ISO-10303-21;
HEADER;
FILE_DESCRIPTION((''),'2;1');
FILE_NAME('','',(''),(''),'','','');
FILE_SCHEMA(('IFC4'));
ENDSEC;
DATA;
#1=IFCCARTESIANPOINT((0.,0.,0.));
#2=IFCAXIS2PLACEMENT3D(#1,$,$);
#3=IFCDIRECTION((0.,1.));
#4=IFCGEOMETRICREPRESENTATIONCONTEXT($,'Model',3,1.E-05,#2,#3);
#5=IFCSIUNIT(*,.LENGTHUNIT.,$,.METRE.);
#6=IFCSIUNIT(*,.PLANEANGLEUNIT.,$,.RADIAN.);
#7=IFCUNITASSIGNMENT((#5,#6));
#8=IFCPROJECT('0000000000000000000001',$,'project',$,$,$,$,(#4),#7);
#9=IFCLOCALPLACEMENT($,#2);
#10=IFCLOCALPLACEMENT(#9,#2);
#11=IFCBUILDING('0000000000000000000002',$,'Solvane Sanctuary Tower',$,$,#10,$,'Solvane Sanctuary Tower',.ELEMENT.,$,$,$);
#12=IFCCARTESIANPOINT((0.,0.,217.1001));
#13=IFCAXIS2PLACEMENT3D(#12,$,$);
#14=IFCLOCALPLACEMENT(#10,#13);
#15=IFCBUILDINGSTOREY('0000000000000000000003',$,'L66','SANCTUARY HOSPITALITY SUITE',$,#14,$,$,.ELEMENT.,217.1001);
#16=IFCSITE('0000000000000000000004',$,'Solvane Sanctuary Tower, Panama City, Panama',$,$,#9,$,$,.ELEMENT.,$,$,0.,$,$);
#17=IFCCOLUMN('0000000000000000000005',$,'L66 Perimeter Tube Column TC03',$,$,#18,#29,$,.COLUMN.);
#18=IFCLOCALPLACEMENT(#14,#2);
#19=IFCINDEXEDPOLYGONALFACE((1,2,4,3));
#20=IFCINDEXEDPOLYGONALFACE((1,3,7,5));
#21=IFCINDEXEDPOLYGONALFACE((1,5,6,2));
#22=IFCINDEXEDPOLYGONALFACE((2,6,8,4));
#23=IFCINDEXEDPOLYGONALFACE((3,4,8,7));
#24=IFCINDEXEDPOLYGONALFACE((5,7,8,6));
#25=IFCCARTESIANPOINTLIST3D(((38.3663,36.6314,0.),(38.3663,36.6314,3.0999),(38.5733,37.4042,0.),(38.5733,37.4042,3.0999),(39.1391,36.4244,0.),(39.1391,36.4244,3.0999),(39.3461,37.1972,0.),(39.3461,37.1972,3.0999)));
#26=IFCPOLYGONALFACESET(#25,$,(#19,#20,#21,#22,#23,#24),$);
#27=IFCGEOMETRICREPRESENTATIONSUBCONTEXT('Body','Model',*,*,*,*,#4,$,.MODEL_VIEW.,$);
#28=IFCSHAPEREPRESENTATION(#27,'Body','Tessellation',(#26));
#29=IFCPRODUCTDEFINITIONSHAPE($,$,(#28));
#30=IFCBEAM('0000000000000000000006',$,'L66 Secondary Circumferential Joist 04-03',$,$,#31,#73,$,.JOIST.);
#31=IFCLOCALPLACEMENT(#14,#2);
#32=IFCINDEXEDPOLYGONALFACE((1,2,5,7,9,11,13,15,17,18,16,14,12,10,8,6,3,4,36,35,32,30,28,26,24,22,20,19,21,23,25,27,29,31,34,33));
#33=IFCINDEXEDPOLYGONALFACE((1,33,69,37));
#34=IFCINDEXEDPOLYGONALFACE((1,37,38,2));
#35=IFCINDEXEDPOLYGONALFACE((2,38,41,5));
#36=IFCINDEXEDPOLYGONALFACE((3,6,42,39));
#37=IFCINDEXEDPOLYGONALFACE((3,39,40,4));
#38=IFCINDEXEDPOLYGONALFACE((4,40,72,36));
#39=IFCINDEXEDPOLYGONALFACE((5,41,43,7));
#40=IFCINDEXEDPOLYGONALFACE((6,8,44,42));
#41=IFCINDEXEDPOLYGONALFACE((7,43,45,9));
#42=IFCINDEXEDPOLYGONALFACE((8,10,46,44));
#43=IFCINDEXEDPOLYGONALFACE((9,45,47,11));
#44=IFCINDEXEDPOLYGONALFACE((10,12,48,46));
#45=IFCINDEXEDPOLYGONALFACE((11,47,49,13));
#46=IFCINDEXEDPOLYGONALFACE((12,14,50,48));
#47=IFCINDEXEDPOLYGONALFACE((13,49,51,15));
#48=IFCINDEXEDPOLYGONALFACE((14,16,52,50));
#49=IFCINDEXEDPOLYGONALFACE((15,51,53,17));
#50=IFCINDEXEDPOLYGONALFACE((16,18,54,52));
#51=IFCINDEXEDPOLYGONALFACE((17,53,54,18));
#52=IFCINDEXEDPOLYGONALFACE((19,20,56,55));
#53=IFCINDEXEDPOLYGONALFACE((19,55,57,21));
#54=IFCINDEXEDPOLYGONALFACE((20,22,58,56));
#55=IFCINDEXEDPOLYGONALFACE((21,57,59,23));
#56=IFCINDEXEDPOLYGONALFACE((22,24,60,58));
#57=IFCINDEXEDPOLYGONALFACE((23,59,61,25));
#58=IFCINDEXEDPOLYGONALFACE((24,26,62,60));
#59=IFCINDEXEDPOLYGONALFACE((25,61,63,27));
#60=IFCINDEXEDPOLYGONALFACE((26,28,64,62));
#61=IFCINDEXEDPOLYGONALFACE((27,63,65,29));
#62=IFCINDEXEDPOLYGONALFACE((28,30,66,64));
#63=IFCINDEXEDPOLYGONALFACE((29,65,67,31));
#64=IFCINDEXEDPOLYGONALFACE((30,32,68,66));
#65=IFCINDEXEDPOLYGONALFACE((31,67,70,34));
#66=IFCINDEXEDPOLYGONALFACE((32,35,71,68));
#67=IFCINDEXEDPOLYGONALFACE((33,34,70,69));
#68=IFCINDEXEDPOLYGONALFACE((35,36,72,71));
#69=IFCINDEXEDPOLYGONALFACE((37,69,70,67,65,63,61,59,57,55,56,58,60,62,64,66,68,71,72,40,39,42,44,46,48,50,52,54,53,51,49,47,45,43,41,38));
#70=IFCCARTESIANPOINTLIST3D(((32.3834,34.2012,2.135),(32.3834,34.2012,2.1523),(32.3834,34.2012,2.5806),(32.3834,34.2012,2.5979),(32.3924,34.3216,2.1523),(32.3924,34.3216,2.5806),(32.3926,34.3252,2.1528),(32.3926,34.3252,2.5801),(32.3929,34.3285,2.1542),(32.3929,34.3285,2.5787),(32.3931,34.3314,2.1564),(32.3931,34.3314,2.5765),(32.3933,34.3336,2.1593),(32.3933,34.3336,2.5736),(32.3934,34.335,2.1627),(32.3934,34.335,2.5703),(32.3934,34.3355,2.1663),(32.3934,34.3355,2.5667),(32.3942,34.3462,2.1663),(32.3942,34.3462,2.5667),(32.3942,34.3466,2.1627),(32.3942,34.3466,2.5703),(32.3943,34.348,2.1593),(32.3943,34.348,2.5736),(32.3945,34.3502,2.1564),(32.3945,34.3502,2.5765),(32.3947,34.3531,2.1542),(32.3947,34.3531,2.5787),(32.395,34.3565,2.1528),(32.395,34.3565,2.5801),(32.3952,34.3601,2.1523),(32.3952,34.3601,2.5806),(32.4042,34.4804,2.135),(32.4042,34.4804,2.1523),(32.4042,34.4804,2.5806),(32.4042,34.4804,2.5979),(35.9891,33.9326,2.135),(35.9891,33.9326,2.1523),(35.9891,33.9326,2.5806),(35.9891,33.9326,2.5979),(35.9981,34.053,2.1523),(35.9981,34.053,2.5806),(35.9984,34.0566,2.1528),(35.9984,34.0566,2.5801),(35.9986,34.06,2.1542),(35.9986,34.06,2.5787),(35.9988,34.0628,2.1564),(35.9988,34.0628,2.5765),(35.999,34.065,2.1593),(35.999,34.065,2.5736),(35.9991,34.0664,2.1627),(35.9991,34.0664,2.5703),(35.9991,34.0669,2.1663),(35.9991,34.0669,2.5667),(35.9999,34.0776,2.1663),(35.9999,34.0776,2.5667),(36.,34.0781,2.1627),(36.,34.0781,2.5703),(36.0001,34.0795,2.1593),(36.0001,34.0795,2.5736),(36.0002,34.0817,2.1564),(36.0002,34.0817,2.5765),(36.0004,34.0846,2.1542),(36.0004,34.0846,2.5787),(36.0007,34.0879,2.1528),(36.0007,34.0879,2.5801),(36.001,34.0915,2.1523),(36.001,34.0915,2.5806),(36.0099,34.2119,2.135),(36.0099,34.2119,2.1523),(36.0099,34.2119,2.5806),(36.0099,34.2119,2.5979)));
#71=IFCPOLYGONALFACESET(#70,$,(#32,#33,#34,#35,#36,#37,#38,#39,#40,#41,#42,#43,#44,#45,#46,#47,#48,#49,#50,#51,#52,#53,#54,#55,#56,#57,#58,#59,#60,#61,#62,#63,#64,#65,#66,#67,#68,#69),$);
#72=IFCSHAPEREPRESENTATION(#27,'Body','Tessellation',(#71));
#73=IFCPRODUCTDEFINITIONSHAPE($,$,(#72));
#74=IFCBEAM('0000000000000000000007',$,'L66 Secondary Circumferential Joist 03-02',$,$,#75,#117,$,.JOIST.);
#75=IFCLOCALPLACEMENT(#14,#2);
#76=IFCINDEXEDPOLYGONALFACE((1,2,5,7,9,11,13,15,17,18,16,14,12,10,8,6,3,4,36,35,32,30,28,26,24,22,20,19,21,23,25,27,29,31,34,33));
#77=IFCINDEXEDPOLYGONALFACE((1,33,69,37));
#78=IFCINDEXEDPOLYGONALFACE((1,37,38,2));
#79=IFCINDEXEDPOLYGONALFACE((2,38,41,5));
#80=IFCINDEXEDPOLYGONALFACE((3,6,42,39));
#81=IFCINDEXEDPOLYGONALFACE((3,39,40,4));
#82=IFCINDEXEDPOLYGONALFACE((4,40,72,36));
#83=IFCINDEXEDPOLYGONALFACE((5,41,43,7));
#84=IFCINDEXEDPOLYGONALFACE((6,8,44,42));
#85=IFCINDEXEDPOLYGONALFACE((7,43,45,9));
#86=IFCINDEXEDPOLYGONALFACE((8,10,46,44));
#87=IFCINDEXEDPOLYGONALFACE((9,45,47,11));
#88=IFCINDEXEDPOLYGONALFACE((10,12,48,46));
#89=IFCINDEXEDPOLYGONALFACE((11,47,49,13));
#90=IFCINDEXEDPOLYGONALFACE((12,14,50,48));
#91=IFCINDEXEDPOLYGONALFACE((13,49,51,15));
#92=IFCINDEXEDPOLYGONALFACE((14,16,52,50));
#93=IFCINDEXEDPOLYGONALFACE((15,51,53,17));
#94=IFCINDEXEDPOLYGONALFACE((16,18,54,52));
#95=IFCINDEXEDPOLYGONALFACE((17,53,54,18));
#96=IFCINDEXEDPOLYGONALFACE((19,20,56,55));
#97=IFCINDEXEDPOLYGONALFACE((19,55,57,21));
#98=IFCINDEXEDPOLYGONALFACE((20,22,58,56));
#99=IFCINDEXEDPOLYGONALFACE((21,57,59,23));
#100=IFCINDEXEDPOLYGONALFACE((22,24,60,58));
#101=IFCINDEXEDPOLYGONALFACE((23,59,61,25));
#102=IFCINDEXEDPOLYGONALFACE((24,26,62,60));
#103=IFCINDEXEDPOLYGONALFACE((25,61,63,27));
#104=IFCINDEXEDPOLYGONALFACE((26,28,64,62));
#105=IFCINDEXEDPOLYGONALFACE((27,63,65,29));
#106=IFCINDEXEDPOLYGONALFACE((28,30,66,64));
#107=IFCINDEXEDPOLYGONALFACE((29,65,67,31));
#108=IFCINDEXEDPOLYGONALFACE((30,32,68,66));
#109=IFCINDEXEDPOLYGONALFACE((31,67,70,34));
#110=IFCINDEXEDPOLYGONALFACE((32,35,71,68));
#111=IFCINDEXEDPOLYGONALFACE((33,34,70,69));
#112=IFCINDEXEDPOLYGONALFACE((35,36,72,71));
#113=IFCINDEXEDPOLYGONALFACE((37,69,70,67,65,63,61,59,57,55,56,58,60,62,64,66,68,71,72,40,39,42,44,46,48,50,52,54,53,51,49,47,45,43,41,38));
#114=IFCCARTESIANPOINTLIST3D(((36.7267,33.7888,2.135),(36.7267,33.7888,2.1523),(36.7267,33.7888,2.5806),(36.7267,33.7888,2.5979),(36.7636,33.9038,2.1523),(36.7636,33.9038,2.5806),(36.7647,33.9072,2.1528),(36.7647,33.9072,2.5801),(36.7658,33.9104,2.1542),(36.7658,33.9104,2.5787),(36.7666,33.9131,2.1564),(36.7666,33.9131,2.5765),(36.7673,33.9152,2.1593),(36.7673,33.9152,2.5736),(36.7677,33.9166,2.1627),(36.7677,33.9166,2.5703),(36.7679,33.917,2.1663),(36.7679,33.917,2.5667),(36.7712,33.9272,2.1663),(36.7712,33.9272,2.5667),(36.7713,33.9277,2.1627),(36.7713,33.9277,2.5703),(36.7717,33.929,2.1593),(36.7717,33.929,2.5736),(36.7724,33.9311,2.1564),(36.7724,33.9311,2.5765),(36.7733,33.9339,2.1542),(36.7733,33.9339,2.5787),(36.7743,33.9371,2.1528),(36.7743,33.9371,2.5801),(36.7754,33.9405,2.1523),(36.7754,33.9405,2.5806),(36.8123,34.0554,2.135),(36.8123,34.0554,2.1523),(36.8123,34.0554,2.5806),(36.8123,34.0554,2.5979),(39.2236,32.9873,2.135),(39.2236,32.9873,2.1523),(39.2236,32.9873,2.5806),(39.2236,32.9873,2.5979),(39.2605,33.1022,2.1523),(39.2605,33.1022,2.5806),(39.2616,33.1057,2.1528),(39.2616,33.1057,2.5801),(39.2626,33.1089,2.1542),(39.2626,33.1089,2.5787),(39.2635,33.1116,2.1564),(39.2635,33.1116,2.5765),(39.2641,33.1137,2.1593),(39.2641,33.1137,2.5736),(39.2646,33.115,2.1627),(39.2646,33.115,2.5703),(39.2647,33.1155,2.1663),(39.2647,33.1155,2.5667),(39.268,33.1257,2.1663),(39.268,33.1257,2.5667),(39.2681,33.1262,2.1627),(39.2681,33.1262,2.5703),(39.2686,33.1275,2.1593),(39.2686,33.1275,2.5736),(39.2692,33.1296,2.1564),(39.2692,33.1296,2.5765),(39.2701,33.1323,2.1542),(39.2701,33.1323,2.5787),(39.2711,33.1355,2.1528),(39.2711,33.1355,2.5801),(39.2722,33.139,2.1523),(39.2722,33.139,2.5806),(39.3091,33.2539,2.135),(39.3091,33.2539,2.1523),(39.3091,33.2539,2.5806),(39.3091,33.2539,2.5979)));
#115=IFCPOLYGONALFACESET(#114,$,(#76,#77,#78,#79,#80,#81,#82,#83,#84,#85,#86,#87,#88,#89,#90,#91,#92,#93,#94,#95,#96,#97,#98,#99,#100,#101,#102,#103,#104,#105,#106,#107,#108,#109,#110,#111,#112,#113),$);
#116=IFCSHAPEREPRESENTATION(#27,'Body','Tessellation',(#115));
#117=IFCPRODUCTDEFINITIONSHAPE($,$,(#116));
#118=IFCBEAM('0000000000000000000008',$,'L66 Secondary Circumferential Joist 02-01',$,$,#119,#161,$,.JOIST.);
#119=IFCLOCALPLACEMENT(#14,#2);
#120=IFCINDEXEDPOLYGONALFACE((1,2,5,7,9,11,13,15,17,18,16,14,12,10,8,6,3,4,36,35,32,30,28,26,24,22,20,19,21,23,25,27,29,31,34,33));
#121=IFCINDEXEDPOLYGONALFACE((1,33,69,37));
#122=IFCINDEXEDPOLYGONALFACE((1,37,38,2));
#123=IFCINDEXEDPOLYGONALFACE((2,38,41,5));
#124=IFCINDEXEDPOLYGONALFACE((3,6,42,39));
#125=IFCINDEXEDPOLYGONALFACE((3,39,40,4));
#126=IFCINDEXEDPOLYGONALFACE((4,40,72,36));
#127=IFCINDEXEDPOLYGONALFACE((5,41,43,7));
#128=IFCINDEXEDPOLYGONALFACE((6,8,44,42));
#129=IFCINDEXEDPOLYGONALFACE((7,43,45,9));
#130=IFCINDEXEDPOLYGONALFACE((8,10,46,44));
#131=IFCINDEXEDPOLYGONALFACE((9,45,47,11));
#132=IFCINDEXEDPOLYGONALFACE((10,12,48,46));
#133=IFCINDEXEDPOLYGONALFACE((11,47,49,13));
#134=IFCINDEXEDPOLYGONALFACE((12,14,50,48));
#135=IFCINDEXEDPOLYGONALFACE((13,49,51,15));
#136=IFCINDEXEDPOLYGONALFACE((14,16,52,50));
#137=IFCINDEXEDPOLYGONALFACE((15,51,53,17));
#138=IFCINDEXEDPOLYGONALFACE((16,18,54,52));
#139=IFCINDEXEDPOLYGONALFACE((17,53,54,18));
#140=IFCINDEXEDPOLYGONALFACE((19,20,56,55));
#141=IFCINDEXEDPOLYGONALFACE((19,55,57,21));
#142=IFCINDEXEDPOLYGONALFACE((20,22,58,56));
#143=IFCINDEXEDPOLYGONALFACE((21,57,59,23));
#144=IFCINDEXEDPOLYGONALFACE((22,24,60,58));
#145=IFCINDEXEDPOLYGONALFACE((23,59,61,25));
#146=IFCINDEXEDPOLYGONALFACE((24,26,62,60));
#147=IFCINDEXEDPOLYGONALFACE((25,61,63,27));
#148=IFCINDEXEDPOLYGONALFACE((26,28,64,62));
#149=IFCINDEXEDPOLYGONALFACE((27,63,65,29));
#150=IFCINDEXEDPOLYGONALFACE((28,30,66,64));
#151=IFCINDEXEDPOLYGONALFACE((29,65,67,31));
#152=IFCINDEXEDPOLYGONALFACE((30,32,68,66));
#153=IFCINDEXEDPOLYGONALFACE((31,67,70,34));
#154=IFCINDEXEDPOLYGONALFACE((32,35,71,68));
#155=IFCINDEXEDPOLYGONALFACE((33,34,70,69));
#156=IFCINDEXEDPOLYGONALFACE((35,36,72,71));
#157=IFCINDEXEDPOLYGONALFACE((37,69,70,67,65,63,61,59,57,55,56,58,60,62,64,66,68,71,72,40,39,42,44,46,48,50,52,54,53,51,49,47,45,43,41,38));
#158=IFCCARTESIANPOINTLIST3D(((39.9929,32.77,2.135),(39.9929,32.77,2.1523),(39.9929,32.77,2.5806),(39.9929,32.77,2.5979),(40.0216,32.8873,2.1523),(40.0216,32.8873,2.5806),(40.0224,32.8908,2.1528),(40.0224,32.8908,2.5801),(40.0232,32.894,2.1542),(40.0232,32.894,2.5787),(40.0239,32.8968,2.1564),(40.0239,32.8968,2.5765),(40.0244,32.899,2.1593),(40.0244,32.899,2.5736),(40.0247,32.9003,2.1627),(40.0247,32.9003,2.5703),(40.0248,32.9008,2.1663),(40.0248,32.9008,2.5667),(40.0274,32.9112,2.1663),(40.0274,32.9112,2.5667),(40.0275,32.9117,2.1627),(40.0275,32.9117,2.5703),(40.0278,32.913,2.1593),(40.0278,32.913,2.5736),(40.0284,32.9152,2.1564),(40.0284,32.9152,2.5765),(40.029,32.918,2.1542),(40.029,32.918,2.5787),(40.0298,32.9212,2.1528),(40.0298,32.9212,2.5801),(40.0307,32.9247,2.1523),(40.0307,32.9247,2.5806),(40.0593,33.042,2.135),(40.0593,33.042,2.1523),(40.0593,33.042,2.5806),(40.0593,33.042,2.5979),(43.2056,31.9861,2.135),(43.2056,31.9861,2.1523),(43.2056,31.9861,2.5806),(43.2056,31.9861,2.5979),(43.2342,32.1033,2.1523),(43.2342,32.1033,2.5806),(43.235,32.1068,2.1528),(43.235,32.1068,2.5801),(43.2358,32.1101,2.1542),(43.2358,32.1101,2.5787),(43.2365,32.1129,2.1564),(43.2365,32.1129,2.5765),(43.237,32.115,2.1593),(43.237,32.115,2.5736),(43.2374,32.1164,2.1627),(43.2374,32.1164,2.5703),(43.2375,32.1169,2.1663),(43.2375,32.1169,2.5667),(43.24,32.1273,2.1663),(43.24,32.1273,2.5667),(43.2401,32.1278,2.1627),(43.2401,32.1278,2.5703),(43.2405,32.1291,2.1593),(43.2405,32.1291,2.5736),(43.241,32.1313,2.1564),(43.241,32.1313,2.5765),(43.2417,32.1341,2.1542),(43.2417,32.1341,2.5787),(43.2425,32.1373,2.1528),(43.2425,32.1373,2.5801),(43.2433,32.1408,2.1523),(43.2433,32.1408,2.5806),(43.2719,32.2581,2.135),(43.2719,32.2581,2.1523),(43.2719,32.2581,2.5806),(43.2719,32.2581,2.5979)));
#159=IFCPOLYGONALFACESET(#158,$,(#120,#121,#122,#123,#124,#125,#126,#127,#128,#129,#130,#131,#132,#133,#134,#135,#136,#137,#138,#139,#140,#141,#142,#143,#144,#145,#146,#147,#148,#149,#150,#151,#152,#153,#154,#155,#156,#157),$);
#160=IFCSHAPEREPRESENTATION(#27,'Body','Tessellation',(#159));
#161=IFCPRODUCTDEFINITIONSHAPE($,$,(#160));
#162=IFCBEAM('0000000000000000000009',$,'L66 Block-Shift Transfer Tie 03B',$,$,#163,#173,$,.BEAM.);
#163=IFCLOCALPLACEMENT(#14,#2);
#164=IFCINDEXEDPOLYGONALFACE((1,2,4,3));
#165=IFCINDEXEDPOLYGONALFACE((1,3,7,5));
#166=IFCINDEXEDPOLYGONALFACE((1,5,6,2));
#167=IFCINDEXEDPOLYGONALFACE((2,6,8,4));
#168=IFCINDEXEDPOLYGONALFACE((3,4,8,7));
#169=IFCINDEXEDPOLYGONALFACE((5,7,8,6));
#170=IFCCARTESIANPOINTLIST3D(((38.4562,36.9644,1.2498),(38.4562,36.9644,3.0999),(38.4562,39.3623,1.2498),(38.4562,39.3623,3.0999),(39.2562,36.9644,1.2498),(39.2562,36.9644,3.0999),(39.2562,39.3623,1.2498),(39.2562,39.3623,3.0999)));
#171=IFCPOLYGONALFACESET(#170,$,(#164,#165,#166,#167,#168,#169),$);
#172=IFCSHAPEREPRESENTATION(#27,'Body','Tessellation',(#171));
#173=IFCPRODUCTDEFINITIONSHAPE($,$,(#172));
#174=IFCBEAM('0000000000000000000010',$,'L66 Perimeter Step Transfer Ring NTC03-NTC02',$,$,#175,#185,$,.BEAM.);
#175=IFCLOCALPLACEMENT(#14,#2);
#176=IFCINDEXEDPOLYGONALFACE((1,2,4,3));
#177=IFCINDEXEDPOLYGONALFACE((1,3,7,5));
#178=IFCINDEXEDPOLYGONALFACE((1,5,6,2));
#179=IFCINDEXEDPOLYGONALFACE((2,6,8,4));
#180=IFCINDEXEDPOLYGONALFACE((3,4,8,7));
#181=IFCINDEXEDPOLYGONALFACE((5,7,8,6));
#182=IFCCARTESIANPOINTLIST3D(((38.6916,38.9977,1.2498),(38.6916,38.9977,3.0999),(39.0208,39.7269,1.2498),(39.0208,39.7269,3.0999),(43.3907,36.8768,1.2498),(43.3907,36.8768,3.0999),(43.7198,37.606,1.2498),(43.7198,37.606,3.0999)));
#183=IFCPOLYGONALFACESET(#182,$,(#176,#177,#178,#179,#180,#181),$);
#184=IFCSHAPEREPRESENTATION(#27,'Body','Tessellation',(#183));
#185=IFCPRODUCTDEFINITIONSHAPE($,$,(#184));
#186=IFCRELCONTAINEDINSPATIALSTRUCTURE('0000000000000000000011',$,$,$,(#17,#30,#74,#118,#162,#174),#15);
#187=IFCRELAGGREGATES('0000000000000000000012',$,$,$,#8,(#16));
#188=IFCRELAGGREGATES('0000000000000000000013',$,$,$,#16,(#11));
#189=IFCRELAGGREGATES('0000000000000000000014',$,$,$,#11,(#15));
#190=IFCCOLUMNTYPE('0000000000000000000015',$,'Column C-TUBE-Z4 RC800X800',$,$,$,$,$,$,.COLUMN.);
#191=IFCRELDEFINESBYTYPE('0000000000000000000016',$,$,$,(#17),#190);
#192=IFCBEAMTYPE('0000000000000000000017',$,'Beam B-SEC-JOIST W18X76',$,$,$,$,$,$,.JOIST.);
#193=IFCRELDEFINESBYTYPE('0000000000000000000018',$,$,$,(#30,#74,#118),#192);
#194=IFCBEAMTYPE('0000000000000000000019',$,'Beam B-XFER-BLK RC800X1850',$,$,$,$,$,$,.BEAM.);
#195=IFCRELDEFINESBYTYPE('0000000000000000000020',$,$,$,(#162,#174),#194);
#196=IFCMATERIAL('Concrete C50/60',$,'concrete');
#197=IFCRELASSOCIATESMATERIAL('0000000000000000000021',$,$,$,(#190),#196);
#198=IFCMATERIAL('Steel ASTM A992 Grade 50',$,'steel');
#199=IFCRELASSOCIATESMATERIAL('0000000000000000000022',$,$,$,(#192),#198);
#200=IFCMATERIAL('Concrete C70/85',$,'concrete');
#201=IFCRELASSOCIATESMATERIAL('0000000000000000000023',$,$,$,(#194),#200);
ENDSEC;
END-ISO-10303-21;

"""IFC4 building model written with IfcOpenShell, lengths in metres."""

from ifc_helpers import new_model, si_unit, direction, frame, origin, origin_2d, place, context, subcontext, project, spatial, rectangle, i_section, extrude, material, material_profile, profile_set, type_object, element, save


model = new_model("IFC4")

# Units and contexts
model_context = context("Model", 3, precision=1e-05, world=origin(), true_north=direction((0.0, 1.0)))
body_context = subcontext(model_context, "Body", "Model", "MODEL_VIEW")
ifc_project = project(units=[si_unit("LENGTHUNIT", "METRE"), si_unit("PLANEANGLEUNIT", "RADIAN")], contexts=[model_context])

# Site, building, storey
site_placement = place(None, origin())
site = spatial("IfcSite", under=ifc_project, at=site_placement, Name="Solvane Sanctuary Tower, Panama City, Panama", CompositionType="ELEMENT", RefElevation=0.0)
building_placement = place(site_placement, origin())
building = spatial("IfcBuilding", under=site, at=building_placement, Name="Solvane Sanctuary Tower", LongName="Solvane Sanctuary Tower", CompositionType="ELEMENT")
storey_placement = place(building_placement, frame((0.0, 0.0, 217.1001)))
storey = spatial("IfcBuildingStorey", under=building, at=storey_placement, Name="L66", Description="SANCTUARY HOSPITALITY SUITE", CompositionType="ELEMENT", Elevation=217.1001)

# Column
ifc_material_1 = material(Name="Concrete C50/60", Category="concrete")
ifc_material_profile_1 = material_profile(ifc_material_1, rectangle(XDim=0.8, YDim=0.8, at=origin_2d()), Name="RC800X800")
ifc_profile_set_1 = profile_set([ifc_material_profile_1], Name="Concrete C50/60")
column_type = type_object("IfcColumnType", Name="Column C-TUBE-Z4 RC800X800", PredefinedType="COLUMN", material=ifc_profile_set_1)
column_placement = place(storey_placement, frame((38.8562, 36.9143, 0.0), z_axis=(0.0, 0.0, 1.0), x_axis=(0.258819, 0.965926, 0.0)))
element("IfcColumn", 1, at=column_placement, inside=storey, type_object=column_type, Name="L66 Perimeter Tube Column TC03", PredefinedType="COLUMN", context=body_context, shape_type="SweptSolid", body=[
    extrude(rectangle(XDim=0.8, YDim=0.8, at=origin_2d()), origin(), (0.0, 0.0, 1.0), 3.0999),
])

# Beams
ifc_material_2 = material(Name="Steel ASTM A992 Grade 50", Category="steel")
ifc_material_profile_2 = material_profile(ifc_material_2, i_section(OverallWidth=0.28, OverallDepth=0.4629, WebThickness=0.0107, FlangeThickness=0.0173, FilletRadius=0.0139, at=origin_2d()), Name="W18X76")
ifc_profile_set_2 = profile_set([ifc_material_profile_2], Name="Steel ASTM A992 Grade 50")
beam_type_1 = type_object("IfcBeamType", Name="Beam B-SEC-JOIST W18X76", PredefinedType="JOIST", material=ifc_profile_set_2)
beam_1_placement = place(storey_placement, frame((32.3938, 34.3408, 2.3665), z_axis=(0.997238, -0.074275, 0.0), x_axis=(0.074275, 0.997238, 0.0)))
element("IfcBeam", 2, at=beam_1_placement, inside=storey, type_object=beam_type_1, Name="L66 Secondary Circumferential Joist 04-03", PredefinedType="JOIST", context=body_context, shape_type="SweptSolid", body=[
    extrude(i_section(OverallWidth=0.28, OverallDepth=0.4629, WebThickness=0.0107, FlangeThickness=0.0173, FilletRadius=0.0139, at=origin_2d()), origin(), (0.0, 0.0, 1.0), 3.6157),
])
beam_2_placement = place(storey_placement, frame((36.7695, 33.9221, 2.3665), z_axis=(0.952144, -0.305651, 0.0), x_axis=(0.305651, 0.952144, 0.0)))
element("IfcBeam", 3, at=beam_2_placement, inside=storey, type_object=beam_type_1, Name="L66 Secondary Circumferential Joist 03-02", PredefinedType="JOIST", context=body_context, shape_type="SweptSolid", body=[
    extrude(i_section(OverallWidth=0.28, OverallDepth=0.4629, WebThickness=0.0107, FlangeThickness=0.0173, FilletRadius=0.0139, at=origin_2d()), origin(), (0.0, 0.0, 1.0), 2.6223),
])
beam_3_placement = place(storey_placement, frame((40.0261, 32.906, 2.3665), z_axis=(0.971495, -0.23706, 0.0), x_axis=(0.23706, 0.971495, 0.0)))
element("IfcBeam", 4, at=beam_3_placement, inside=storey, type_object=beam_type_1, Name="L66 Secondary Circumferential Joist 02-01", PredefinedType="JOIST", context=body_context, shape_type="SweptSolid", body=[
    extrude(i_section(OverallWidth=0.28, OverallDepth=0.4629, WebThickness=0.0107, FlangeThickness=0.0173, FilletRadius=0.0139, at=origin_2d()), origin(), (0.0, 0.0, 1.0), 3.3069),
])
ifc_material_3 = material(Name="Concrete C70/85", Category="concrete")
ifc_material_profile_3 = material_profile(ifc_material_3, rectangle(XDim=0.8, YDim=1.8501, at=origin_2d()), Name="RC800X1850")
ifc_profile_set_3 = profile_set([ifc_material_profile_3], Name="Concrete C70/85")
beam_type_2 = type_object("IfcBeamType", Name="Beam B-XFER-BLK RC800X1850", PredefinedType="BEAM", material=ifc_profile_set_3)
beam_4_placement = place(storey_placement, frame((38.8562, 36.9644, 2.1748), z_axis=(0.0, 1.0, 0.0), x_axis=(-1.0, 0.0, 0.0)))
element("IfcBeam", 5, at=beam_4_placement, inside=storey, type_object=beam_type_2, Name="L66 Block-Shift Transfer Tie 03B", PredefinedType="BEAM", context=body_context, shape_type="SweptSolid", body=[
    extrude(rectangle(XDim=0.8, YDim=1.8501, at=origin_2d()), origin(), (0.0, 0.0, 1.0), 2.3979),
])
beam_5_placement = place(storey_placement, frame((38.8562, 39.3623, 2.1748), z_axis=(0.911463, -0.411382, 0.0), x_axis=(0.411382, 0.911463, 0.0)))
element("IfcBeam", 6, at=beam_5_placement, inside=storey, type_object=beam_type_2, Name="L66 Perimeter Step Transfer Ring NTC03-NTC02", PredefinedType="BEAM", context=body_context, shape_type="SweptSolid", body=[
    extrude(rectangle(XDim=0.8, YDim=1.8501, at=origin_2d()), origin(), (0.0, 0.0, 1.0), 5.1555),
])

save(model, "model.ifc")
